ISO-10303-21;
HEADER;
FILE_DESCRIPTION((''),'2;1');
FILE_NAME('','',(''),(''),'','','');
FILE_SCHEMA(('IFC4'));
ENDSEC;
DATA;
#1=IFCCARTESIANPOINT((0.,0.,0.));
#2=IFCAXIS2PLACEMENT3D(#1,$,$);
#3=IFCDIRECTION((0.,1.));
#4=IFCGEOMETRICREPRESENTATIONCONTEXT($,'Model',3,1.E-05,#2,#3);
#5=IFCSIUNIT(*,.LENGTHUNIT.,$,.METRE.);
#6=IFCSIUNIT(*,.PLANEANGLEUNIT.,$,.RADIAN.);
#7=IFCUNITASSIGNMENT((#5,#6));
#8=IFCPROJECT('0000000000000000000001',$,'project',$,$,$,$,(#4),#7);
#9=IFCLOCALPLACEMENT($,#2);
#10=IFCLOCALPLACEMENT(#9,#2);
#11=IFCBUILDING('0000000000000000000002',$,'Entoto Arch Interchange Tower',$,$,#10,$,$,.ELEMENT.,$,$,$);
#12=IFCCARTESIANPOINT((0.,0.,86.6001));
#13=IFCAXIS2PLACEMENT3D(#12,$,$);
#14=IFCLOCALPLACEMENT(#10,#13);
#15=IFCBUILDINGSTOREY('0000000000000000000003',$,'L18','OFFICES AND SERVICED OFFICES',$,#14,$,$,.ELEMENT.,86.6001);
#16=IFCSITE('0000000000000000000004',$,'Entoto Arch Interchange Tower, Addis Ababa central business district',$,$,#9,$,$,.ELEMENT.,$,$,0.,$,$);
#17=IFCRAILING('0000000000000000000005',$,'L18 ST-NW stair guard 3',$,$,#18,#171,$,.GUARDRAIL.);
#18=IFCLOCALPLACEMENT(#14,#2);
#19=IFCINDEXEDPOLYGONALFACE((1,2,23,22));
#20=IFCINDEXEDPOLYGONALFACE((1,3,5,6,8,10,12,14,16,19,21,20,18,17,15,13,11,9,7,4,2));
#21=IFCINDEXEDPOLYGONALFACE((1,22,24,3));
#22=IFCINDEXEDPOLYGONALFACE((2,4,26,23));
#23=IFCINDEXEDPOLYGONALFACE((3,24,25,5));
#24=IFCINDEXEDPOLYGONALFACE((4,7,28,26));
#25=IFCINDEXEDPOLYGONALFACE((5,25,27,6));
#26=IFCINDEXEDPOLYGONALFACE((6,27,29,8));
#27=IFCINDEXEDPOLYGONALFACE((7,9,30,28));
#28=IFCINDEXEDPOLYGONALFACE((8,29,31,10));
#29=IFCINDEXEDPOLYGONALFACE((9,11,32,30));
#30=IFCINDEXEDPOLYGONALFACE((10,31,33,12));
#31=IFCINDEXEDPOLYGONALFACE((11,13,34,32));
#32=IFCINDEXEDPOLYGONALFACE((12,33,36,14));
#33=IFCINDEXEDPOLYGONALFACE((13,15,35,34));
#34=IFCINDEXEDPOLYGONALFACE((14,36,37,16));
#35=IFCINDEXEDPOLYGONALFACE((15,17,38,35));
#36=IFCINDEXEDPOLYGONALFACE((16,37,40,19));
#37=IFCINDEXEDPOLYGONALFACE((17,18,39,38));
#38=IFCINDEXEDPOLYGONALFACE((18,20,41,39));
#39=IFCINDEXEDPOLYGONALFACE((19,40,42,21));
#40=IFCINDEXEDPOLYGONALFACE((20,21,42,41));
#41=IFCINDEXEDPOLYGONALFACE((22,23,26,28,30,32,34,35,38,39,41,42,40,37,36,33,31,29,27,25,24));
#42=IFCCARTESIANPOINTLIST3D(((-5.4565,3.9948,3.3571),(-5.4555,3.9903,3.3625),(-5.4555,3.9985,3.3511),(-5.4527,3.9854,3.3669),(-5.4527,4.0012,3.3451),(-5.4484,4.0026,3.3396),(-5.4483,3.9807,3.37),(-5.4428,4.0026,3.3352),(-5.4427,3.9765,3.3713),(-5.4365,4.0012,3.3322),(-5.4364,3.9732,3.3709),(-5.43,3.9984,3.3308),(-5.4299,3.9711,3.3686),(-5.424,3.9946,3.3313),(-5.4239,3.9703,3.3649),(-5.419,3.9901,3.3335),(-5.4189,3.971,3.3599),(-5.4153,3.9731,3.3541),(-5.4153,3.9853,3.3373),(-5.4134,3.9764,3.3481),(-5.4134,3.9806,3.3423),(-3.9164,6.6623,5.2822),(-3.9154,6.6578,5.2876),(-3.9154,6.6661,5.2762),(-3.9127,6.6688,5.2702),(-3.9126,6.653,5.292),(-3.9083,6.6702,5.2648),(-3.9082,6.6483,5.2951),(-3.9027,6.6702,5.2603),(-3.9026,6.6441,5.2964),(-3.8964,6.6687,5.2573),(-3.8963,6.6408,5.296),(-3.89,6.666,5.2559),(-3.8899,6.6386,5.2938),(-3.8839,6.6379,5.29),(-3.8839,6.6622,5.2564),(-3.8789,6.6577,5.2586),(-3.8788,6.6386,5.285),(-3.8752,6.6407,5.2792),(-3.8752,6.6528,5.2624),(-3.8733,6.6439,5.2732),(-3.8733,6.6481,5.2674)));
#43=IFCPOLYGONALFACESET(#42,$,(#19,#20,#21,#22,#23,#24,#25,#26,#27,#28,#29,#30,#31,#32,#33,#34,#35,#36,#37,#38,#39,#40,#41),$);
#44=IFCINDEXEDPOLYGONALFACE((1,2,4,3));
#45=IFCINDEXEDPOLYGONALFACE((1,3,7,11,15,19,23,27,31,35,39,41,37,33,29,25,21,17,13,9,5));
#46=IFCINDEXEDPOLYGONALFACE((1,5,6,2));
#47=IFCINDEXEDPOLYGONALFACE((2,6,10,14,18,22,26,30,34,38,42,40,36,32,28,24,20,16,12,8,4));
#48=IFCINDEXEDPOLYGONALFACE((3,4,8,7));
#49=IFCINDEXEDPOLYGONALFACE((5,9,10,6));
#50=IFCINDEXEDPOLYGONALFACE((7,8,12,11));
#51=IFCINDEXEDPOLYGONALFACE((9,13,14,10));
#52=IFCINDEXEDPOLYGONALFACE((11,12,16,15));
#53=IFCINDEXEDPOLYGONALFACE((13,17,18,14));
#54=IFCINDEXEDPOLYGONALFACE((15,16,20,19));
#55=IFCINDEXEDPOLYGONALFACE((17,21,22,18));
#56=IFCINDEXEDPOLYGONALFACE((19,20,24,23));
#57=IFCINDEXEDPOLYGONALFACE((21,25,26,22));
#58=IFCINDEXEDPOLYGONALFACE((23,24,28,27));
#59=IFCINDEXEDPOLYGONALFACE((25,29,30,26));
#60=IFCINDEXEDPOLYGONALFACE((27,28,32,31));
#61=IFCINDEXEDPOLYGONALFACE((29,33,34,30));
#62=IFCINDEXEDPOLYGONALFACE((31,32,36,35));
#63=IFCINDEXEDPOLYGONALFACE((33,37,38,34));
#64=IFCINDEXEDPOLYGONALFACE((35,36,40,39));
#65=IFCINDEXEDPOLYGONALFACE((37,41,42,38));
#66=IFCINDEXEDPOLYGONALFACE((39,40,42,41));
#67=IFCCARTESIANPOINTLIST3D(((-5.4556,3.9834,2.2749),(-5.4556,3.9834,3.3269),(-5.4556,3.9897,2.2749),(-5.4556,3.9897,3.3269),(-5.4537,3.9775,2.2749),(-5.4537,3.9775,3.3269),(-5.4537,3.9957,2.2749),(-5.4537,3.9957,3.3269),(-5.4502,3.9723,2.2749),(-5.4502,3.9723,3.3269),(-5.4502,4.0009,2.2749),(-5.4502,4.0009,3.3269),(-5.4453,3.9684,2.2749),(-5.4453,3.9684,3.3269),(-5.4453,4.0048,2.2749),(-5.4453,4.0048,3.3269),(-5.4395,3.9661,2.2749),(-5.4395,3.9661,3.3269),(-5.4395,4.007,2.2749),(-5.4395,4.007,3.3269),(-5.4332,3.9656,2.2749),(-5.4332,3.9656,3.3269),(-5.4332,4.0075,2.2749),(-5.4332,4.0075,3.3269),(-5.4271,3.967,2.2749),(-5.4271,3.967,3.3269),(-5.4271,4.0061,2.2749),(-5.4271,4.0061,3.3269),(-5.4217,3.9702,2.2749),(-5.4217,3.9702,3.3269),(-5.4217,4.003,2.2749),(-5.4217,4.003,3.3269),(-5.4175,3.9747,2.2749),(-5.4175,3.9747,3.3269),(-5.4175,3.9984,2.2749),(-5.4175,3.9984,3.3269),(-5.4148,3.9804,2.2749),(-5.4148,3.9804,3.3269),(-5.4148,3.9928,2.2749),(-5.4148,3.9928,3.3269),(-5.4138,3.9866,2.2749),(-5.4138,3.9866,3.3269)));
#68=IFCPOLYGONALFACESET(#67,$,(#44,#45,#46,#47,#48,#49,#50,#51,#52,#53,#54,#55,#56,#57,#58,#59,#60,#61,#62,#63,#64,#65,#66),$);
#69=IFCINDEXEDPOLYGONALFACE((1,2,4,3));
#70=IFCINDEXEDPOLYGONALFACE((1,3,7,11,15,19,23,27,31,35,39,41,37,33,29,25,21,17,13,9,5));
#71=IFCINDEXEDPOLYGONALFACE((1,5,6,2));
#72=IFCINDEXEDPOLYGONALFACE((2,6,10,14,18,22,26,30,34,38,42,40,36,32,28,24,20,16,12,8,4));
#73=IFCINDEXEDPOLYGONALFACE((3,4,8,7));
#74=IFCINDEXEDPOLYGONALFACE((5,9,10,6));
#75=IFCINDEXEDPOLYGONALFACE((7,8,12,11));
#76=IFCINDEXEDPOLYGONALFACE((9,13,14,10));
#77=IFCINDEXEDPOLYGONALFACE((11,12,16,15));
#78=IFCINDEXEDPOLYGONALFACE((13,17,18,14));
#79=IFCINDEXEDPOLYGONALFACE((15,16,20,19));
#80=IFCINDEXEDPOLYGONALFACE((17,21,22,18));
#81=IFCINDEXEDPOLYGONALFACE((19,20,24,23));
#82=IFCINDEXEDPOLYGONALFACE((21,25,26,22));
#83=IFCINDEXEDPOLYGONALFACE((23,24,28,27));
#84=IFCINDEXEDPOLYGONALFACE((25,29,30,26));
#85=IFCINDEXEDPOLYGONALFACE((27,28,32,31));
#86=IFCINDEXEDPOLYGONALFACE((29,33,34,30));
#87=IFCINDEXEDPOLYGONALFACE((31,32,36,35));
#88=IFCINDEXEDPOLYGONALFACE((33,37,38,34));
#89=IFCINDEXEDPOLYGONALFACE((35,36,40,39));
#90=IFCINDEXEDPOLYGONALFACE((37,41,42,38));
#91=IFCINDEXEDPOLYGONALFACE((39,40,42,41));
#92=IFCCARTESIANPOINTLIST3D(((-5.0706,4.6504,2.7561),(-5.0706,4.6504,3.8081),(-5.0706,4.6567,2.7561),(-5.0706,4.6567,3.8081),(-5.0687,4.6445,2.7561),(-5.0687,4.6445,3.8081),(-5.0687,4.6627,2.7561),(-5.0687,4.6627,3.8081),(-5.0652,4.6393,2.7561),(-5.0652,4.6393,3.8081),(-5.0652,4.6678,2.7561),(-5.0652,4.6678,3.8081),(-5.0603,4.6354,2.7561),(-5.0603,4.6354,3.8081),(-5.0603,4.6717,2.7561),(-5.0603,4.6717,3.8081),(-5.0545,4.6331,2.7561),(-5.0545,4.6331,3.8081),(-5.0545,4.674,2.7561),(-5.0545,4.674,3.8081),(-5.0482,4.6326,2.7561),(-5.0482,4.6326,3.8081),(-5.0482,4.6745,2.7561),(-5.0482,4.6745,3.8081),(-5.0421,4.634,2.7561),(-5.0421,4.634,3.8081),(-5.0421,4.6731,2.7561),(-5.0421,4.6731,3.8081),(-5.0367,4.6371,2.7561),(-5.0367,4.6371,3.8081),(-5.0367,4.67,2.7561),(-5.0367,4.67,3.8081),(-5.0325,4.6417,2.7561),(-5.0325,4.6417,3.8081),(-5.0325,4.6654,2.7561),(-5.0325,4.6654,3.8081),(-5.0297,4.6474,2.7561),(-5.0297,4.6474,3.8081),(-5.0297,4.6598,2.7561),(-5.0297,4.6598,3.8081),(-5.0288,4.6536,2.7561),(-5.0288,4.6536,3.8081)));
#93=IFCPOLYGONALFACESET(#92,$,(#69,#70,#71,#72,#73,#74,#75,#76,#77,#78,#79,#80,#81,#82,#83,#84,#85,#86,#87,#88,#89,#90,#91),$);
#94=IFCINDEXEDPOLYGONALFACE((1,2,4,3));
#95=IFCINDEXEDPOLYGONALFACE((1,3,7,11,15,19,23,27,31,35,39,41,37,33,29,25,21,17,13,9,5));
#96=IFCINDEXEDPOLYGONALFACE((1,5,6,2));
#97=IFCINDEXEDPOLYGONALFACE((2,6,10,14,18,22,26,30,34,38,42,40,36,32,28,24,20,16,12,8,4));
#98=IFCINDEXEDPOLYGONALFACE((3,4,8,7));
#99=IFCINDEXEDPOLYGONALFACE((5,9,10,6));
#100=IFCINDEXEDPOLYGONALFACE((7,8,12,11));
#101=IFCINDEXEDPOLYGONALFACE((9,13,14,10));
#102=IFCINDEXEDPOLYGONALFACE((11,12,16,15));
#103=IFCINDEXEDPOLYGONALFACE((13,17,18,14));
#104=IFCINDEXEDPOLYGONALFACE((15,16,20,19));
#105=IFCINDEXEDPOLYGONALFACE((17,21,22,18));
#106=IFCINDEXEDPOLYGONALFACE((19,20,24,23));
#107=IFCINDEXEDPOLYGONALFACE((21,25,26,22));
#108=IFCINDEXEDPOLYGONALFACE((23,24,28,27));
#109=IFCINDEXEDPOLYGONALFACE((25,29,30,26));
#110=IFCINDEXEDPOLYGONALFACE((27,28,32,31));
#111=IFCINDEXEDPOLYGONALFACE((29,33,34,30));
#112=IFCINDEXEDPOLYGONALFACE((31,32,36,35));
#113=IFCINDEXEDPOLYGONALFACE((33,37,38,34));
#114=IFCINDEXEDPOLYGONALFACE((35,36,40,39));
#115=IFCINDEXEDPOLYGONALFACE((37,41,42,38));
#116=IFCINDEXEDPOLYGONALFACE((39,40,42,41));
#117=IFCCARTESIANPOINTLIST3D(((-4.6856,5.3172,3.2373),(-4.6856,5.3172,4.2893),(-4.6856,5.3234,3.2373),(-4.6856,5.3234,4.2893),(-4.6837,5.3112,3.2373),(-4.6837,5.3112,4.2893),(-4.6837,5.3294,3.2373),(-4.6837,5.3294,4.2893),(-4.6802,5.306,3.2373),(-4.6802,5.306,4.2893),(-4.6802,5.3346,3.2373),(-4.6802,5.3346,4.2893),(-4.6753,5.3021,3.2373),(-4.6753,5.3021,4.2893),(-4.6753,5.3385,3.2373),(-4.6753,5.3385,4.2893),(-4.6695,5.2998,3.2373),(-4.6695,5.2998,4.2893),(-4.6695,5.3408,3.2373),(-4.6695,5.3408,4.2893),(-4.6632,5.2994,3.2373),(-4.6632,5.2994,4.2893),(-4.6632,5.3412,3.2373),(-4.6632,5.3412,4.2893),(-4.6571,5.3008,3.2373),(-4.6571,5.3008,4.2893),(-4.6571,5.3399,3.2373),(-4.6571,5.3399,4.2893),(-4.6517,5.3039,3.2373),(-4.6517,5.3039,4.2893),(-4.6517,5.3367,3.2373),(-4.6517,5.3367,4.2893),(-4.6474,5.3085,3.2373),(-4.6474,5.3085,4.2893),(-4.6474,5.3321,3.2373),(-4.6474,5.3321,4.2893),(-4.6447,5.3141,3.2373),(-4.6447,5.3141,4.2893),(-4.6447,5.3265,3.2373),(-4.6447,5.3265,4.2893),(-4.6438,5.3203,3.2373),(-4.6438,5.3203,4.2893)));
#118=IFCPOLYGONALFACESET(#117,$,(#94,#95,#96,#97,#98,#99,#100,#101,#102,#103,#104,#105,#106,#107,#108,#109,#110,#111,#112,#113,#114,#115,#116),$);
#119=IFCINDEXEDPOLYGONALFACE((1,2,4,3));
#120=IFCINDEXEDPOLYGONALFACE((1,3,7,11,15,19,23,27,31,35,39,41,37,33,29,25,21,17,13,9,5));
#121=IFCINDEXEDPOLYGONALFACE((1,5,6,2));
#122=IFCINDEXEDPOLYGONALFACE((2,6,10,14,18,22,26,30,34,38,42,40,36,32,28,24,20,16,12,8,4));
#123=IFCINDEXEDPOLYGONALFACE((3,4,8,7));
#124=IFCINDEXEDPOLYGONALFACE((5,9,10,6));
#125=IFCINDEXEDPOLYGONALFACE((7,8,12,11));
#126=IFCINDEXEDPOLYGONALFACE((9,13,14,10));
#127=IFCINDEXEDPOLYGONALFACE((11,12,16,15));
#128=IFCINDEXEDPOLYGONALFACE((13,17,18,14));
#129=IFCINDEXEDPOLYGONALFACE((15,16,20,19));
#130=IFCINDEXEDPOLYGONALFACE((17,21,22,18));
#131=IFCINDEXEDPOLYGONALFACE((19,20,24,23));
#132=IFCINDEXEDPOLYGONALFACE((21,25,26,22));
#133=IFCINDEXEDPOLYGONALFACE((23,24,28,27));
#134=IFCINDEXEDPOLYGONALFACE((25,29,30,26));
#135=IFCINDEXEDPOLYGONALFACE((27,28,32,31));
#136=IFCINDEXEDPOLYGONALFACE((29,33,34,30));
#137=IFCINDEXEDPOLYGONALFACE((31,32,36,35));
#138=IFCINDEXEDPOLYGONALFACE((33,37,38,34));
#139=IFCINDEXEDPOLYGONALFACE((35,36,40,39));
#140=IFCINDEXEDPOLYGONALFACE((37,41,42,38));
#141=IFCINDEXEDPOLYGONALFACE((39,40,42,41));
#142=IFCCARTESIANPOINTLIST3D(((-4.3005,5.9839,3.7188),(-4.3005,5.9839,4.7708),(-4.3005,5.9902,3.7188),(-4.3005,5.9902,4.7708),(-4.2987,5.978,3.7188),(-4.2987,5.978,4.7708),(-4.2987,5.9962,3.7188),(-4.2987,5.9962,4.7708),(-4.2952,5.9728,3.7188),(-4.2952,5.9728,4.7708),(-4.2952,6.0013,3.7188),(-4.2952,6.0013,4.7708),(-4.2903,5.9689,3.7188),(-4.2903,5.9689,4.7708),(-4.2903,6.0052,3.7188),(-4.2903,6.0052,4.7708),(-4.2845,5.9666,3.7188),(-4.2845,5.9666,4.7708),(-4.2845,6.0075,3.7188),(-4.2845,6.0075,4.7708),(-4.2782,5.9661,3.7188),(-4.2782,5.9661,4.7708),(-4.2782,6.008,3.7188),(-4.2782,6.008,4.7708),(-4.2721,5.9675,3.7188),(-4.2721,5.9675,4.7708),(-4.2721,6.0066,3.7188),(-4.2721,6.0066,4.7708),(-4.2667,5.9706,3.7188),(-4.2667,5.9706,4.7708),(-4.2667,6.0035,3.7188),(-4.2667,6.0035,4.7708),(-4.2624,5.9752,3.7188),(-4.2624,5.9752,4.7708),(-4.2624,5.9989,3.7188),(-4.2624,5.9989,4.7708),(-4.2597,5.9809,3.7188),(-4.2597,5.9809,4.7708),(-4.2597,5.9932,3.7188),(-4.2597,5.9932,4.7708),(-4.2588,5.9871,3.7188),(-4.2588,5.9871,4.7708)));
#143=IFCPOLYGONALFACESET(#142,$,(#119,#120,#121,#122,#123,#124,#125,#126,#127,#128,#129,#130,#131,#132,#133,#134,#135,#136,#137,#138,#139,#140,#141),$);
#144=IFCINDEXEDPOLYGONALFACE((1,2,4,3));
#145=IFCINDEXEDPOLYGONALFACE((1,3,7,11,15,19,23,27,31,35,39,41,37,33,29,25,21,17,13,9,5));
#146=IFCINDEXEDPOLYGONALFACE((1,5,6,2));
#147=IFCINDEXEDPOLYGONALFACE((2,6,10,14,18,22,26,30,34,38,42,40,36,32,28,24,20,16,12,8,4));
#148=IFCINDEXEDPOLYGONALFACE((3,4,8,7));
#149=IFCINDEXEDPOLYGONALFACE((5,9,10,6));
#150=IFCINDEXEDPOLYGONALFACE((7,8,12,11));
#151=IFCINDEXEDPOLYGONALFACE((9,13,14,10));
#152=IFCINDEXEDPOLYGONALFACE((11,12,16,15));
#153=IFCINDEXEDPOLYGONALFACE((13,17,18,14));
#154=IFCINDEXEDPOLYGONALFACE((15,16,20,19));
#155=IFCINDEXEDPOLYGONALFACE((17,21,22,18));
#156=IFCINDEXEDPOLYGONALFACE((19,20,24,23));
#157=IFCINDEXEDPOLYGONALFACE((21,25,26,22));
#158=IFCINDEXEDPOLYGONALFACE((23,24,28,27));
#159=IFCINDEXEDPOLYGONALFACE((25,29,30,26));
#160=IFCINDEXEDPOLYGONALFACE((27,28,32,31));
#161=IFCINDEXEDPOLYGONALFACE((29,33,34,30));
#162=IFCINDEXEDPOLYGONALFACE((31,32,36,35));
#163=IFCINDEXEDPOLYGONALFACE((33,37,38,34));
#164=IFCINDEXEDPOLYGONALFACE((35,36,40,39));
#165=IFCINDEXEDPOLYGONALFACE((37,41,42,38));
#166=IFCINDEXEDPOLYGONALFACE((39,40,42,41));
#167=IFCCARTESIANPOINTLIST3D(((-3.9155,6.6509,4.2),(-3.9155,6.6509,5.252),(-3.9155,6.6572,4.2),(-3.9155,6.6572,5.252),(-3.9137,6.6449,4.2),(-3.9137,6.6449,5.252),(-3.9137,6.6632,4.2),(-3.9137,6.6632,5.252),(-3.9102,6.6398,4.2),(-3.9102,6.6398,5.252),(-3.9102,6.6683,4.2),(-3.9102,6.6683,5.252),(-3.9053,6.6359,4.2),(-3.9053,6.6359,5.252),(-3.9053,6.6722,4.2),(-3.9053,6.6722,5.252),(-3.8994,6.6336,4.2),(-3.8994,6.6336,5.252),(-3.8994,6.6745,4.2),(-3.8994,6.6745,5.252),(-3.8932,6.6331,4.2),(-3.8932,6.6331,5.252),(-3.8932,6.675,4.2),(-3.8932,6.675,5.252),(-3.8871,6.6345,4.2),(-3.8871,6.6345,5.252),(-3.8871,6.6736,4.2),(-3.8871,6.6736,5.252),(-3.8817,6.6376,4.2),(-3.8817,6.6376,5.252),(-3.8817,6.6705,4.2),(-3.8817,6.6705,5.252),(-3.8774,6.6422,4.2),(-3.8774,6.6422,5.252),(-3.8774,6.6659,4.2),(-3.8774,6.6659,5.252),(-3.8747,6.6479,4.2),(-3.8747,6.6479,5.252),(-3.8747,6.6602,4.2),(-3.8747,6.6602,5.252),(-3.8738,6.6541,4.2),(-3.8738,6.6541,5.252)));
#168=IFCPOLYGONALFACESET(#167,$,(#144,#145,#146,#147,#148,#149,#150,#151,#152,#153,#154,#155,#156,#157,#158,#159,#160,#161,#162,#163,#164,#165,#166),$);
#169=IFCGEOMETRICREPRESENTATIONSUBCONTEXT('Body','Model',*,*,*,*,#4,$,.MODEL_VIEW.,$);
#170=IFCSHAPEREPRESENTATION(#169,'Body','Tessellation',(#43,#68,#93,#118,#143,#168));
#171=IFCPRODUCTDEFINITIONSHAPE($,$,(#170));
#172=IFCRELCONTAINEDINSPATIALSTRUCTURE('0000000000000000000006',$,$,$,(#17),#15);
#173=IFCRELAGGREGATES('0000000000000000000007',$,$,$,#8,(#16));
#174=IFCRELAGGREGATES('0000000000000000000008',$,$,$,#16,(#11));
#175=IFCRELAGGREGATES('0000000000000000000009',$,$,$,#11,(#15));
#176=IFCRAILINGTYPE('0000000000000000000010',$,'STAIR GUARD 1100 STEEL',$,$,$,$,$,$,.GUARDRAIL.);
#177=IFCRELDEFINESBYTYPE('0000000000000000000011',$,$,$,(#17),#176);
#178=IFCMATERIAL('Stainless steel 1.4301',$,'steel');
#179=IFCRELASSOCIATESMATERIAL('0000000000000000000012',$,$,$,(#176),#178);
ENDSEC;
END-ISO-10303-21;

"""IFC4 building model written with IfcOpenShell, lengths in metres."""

from ifc_helpers import new_model, si_unit, direction, frame, origin, origin_2d, place, context, subcontext, project, spatial, circle, extrude, material, type_object, element, save


model = new_model("IFC4")

# Units and contexts
model_context = context("Model", 3, precision=1e-05, world=origin(), true_north=direction((0.0, 1.0)))
body_context = subcontext(model_context, "Body", "Model", "MODEL_VIEW")
ifc_project = project(units=[si_unit("LENGTHUNIT", "METRE"), si_unit("PLANEANGLEUNIT", "RADIAN")], contexts=[model_context])

# Site, building, storey
site_placement = place(None, origin())
site = spatial("IfcSite", under=ifc_project, at=site_placement, Name="Entoto Arch Interchange Tower, Addis Ababa central business district", CompositionType="ELEMENT", RefElevation=0.0)
building_placement = place(site_placement, origin())
building = spatial("IfcBuilding", under=site, at=building_placement, Name="Entoto Arch Interchange Tower", CompositionType="ELEMENT")
storey_placement = place(building_placement, frame((0.0, 0.0, 86.6001)))
storey = spatial("IfcBuildingStorey", under=building, at=storey_placement, Name="L18", Description="OFFICES AND SERVICED OFFICES", CompositionType="ELEMENT", Elevation=86.6001)

# Railing
ifc_material_1 = material(Name="Stainless steel 1.4301", Category="steel")
railing_type = type_object("IfcRailingType", Name="STAIR GUARD 1100 STEEL", PredefinedType="GUARDRAIL", material=ifc_material_1)
railing_1_placement = place(storey_placement, frame((-5.4348, 3.9866, 2.2749)))
element("IfcRailing", 1, at=railing_1_placement, inside=storey, type_object=railing_type, Name="L18 ST-NW stair guard 3", PredefinedType="GUARDRAIL", context=body_context, shape_type="SweptSolid", body=[
    extrude(circle(Radius=0.0239, at=origin_2d()), frame((0.0, 0.0, 1.0762), z_axis=(0.423994, 0.734395, 0.529993), x_axis=(-0.86603, 0.499992, 0.0)), (0.0, 0.0, 1.0), 3.6323),
    extrude(circle(Radius=0.021, at=origin_2d()), origin(), (0.0, 0.0, 1.0), 1.052),
    extrude(circle(Radius=0.021, at=origin_2d()), frame((0.385, 0.667, 0.4812)), (0.0, 0.0, 1.0), 1.052),
    extrude(circle(Radius=0.021, at=origin_2d()), frame((0.77, 1.3337, 0.9624)), (0.0, 0.0, 1.0), 1.052),
    extrude(circle(Radius=0.021, at=origin_2d()), frame((1.155, 2.0005, 1.4438)), (0.0, 0.0, 1.0), 1.052),
    extrude(circle(Radius=0.021, at=origin_2d()), frame((1.54, 2.6675, 1.925)), (0.0, 0.0, 1.0), 1.052),
])

save(model, "model.ifc")
